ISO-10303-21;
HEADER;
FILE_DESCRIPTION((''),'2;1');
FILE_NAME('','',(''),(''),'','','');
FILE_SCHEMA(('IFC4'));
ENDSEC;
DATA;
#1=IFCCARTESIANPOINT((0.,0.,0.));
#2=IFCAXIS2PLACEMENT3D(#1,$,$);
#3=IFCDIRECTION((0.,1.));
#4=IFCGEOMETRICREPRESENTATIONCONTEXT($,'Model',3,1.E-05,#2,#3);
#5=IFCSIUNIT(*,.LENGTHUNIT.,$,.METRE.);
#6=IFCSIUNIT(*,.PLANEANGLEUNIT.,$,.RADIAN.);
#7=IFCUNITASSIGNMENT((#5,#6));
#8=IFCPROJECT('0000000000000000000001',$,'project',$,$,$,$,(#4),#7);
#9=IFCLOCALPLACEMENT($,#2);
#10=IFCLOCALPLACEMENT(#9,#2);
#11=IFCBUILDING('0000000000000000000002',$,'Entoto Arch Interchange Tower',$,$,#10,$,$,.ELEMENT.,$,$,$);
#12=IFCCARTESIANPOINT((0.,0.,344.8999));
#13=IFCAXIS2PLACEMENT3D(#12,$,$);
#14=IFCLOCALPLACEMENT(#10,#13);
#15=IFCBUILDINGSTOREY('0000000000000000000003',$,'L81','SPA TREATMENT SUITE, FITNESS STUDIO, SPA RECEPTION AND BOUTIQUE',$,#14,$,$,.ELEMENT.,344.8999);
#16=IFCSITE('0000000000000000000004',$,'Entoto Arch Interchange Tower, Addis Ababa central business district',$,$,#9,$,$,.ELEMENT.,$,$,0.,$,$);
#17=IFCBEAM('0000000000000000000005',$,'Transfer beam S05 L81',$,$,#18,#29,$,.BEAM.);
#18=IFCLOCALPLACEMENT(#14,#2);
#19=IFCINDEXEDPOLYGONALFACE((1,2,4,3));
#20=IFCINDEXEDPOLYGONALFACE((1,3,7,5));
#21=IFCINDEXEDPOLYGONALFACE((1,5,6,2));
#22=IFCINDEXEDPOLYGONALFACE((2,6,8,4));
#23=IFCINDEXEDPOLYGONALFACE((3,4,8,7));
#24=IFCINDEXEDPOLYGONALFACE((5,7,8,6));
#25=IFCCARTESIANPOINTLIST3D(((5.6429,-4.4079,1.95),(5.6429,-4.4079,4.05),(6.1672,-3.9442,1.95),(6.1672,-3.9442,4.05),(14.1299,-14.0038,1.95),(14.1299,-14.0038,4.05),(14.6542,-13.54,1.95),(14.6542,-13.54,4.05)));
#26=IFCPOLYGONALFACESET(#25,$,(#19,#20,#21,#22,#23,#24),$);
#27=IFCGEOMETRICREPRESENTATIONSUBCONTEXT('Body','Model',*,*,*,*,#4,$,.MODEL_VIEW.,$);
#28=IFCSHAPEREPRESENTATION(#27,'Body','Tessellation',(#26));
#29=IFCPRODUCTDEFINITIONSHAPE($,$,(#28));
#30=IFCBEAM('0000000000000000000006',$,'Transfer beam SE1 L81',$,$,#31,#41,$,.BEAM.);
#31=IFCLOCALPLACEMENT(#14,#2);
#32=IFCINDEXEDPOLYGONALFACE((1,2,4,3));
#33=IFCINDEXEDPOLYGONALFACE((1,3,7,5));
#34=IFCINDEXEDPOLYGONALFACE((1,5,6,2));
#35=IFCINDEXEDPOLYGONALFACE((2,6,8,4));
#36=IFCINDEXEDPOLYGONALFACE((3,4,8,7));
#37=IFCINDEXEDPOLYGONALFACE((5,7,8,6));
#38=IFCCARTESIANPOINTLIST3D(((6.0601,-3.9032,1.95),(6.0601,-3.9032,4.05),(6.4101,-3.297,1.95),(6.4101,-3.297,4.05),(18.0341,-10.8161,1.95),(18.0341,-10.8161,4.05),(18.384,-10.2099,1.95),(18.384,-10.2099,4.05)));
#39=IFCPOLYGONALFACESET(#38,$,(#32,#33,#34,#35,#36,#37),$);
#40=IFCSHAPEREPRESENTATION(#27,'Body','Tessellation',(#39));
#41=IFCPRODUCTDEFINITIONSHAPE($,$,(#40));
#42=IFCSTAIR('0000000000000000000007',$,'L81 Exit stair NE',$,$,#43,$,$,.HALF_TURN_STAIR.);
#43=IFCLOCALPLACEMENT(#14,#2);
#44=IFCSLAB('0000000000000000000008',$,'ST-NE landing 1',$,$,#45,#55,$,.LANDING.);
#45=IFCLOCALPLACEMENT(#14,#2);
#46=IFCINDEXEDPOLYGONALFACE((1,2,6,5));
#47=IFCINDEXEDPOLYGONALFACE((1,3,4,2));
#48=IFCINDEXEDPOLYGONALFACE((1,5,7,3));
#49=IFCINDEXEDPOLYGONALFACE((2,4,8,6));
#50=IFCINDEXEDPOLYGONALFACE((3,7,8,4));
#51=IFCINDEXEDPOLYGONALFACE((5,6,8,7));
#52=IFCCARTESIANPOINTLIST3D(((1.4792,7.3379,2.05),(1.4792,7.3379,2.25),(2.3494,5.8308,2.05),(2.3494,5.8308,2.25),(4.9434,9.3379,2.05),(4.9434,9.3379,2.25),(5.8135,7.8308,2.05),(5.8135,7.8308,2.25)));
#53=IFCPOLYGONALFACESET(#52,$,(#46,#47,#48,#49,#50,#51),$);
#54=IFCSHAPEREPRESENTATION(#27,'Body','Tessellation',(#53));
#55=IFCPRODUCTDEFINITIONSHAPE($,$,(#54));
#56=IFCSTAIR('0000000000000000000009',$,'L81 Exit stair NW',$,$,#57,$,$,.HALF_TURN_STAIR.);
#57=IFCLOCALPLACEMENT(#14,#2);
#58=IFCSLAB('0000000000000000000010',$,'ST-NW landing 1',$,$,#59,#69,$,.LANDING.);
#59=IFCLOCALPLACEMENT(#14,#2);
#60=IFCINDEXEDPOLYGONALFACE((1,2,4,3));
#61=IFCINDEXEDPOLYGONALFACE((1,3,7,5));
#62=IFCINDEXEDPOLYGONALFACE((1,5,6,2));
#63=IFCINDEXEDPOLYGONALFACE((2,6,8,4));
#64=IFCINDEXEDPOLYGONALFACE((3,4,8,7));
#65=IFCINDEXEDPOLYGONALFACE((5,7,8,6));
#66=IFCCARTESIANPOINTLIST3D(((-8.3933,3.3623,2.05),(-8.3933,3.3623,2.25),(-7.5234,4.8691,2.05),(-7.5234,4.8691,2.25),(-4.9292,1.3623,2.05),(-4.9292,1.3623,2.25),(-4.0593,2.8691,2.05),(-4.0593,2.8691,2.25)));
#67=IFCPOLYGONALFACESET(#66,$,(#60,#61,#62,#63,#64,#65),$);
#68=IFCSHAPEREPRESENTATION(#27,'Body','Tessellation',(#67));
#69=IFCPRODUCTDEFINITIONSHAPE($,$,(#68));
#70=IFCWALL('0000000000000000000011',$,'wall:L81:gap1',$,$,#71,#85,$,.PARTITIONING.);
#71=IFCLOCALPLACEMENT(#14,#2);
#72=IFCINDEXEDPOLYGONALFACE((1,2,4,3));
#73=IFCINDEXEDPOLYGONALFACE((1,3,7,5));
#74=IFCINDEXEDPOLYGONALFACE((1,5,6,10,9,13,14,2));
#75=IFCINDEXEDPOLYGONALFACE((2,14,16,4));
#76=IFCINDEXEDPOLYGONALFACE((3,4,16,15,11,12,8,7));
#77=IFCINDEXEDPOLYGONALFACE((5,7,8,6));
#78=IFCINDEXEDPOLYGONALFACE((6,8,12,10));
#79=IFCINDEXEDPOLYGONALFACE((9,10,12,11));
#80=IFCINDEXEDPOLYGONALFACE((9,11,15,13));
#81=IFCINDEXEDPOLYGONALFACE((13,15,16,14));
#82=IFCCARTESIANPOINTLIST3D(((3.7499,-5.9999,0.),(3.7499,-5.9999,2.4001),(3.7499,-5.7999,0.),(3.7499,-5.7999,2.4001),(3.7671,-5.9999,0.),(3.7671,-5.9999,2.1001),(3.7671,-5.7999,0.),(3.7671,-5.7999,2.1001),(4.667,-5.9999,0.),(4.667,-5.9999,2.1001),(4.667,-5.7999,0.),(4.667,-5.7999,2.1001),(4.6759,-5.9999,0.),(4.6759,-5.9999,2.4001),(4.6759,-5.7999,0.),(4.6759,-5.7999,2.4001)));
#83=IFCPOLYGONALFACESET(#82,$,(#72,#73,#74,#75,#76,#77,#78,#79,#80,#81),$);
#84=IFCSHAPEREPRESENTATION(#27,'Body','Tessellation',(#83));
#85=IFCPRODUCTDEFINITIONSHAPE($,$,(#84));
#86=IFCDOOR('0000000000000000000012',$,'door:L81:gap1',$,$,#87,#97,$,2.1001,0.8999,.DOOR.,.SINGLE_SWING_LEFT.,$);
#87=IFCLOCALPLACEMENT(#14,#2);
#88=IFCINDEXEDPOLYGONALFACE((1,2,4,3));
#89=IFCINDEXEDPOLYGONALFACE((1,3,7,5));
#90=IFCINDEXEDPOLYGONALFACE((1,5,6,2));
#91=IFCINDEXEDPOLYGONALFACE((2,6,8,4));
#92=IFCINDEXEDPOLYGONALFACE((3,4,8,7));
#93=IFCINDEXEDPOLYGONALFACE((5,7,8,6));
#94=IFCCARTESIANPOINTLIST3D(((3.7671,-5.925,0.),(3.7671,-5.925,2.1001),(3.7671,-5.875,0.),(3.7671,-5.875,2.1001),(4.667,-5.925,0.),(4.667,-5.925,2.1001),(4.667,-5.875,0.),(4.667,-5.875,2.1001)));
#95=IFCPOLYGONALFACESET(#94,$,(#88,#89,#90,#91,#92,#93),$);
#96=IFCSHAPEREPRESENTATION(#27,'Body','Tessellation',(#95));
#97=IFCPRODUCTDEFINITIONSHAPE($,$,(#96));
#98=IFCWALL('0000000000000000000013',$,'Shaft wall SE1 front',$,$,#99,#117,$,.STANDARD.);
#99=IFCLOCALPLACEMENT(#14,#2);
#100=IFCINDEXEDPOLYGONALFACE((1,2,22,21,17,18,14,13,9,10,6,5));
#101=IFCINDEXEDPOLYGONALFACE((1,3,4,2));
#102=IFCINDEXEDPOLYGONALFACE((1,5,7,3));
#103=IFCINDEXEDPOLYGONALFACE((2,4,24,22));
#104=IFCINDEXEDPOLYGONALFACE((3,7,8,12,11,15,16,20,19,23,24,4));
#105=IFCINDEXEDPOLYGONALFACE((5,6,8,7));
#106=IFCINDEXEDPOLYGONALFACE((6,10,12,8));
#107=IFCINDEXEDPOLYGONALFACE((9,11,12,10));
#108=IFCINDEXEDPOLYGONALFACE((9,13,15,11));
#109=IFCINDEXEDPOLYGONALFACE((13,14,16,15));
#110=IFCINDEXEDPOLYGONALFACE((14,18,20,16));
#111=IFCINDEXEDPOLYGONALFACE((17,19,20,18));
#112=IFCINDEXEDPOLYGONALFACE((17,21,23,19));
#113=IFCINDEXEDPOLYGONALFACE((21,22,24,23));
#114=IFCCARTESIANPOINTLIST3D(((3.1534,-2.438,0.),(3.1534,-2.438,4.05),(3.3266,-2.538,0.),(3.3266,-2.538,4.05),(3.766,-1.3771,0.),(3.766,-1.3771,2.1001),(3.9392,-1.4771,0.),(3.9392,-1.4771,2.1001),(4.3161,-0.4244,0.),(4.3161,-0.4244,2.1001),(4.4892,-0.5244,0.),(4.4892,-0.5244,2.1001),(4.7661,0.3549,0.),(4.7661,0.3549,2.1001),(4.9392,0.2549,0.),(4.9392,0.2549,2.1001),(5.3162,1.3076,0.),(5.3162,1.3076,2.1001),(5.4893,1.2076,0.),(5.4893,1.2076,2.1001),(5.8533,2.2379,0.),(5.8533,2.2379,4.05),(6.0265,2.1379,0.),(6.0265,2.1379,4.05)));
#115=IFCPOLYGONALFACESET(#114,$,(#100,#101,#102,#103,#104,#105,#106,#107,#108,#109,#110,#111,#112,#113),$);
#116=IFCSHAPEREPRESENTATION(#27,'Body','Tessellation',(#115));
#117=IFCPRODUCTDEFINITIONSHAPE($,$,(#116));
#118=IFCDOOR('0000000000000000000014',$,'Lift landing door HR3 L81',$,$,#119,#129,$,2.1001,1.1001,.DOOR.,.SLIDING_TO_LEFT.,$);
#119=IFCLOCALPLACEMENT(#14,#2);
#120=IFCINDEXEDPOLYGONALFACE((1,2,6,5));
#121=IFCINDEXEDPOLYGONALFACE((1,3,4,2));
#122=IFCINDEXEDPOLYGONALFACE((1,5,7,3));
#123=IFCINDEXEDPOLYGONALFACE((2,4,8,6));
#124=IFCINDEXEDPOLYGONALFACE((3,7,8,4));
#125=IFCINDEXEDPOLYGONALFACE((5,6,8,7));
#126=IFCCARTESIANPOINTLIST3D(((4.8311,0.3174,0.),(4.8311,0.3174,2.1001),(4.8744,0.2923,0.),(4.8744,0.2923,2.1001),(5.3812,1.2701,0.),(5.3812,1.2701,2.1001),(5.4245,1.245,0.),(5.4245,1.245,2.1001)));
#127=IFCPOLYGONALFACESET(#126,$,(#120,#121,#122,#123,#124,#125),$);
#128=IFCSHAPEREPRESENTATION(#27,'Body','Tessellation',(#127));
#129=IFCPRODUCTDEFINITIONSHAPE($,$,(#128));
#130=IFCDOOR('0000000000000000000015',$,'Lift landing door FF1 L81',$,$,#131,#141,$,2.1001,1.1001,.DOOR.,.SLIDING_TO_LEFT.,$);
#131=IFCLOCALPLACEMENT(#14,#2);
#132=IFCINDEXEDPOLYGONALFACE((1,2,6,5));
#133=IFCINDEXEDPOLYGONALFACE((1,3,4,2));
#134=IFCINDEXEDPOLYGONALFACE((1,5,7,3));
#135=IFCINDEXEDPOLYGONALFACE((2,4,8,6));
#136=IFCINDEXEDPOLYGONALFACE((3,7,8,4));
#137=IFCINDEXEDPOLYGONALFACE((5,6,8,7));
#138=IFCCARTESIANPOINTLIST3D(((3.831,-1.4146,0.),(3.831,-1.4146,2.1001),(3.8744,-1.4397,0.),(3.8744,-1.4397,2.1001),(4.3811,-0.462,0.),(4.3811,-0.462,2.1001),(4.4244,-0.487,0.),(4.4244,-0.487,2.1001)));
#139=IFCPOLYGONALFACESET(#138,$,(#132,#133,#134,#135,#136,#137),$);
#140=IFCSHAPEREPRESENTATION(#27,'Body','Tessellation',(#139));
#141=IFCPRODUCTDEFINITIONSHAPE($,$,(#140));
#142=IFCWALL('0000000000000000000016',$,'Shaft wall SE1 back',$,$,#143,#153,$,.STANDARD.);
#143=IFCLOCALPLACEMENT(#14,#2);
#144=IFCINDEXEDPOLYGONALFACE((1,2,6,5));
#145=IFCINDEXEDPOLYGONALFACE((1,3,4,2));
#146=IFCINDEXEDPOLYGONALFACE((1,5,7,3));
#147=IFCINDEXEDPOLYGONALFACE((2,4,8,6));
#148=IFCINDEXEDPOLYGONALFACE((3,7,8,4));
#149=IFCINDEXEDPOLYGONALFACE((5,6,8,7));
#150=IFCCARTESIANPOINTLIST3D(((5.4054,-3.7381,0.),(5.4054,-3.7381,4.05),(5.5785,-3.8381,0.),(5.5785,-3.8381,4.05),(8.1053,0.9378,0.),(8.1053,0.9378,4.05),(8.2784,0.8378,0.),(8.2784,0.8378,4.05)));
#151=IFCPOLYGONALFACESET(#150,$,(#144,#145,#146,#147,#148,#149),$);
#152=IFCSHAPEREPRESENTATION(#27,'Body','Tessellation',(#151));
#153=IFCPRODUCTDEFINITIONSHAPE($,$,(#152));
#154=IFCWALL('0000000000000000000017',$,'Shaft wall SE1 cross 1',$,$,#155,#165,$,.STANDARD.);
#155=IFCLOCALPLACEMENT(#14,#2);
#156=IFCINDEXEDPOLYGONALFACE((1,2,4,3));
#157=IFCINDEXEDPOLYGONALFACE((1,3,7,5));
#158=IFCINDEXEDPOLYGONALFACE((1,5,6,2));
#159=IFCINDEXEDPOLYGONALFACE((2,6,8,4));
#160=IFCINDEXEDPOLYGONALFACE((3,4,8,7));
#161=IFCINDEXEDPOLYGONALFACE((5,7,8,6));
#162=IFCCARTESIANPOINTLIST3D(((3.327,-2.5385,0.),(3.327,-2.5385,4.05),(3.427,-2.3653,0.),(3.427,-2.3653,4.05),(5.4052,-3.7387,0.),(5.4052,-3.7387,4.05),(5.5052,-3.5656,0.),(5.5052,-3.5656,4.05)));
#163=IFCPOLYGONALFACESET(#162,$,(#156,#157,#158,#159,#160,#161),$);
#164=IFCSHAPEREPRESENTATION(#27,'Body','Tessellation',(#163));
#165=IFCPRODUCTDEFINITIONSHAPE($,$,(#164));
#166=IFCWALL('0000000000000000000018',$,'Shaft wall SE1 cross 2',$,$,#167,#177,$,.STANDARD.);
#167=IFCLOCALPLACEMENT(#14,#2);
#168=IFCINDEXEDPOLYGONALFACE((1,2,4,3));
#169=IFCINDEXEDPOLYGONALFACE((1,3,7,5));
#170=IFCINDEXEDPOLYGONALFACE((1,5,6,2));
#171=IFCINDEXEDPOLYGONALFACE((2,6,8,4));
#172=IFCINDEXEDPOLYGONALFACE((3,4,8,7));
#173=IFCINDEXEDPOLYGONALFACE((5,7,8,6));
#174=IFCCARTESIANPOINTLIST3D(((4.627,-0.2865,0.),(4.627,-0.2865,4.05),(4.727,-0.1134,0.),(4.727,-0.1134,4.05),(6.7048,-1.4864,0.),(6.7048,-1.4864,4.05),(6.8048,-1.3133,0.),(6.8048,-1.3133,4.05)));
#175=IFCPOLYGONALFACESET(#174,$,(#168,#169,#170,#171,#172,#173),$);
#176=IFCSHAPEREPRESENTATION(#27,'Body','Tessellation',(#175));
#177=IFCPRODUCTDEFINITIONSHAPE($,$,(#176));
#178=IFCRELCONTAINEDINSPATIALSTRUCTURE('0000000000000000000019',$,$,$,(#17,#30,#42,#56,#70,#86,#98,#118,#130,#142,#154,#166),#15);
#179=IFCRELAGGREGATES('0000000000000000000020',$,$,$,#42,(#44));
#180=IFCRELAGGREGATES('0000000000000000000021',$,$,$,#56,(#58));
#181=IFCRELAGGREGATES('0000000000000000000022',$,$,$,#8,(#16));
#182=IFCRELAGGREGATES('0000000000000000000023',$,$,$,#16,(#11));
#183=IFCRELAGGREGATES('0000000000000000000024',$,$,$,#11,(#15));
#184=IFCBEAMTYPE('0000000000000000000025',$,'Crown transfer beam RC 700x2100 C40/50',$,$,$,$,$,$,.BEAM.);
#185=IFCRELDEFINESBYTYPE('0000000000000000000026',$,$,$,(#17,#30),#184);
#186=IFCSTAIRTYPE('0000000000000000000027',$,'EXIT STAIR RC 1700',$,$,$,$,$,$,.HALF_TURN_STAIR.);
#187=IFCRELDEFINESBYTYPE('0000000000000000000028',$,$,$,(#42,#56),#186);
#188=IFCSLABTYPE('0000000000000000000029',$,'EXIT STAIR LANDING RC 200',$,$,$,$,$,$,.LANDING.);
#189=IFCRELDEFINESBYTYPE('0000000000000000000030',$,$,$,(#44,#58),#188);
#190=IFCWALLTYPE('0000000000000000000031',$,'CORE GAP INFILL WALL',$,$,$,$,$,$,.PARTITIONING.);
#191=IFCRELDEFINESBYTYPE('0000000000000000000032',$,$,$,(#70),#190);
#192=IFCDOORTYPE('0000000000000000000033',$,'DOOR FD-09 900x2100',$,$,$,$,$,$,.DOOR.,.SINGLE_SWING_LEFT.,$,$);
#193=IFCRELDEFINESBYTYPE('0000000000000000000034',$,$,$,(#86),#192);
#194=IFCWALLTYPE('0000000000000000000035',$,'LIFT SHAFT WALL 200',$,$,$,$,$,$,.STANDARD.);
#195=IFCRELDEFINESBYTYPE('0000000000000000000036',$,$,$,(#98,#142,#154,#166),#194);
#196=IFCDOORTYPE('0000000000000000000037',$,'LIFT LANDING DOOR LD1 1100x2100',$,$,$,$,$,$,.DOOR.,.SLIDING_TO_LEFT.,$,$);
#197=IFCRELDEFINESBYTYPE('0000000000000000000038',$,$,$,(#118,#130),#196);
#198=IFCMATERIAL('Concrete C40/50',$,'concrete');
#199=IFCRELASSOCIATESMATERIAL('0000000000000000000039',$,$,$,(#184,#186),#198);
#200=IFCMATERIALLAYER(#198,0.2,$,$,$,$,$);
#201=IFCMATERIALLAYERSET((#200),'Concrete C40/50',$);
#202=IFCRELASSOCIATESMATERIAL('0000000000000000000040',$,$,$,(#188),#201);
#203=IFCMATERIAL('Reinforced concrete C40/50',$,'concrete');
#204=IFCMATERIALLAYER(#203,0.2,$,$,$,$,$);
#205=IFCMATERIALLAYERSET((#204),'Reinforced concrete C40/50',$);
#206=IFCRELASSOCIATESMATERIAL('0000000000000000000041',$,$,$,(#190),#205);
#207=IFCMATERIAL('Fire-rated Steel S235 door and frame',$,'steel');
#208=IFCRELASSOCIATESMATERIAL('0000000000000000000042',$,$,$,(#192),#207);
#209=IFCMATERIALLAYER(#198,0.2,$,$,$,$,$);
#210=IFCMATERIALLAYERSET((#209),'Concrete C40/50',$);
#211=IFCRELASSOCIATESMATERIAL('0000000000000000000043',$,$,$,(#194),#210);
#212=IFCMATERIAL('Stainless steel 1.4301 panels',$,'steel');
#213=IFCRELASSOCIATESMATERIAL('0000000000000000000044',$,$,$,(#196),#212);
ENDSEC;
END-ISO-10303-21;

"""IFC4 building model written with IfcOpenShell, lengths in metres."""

from ifc_helpers import new_model, si_unit, direction, frame, frame_2d, origin, origin_2d, place, context, subcontext, project, spatial, polyline, rectangle, outline, extrude, material, layer, layer_set, material_profile, profile_set, type_object, element, fill, aggregate, save


model = new_model("IFC4")

# Units and contexts
model_context = context("Model", 3, precision=1e-05, world=origin(), true_north=direction((0.0, 1.0)))
body_context = subcontext(model_context, "Body", "Model", "MODEL_VIEW")
ifc_project = project(units=[si_unit("LENGTHUNIT", "METRE"), si_unit("PLANEANGLEUNIT", "RADIAN")], contexts=[model_context])

# Site, building, storey
site_placement = place(None, origin())
site = spatial("IfcSite", under=ifc_project, at=site_placement, Name="Entoto Arch Interchange Tower, Addis Ababa central business district", CompositionType="ELEMENT", RefElevation=0.0)
building_placement = place(site_placement, origin())
building = spatial("IfcBuilding", under=site, at=building_placement, Name="Entoto Arch Interchange Tower", CompositionType="ELEMENT")
storey_placement = place(building_placement, frame((0.0, 0.0, 344.8999)))
storey = spatial("IfcBuildingStorey", under=building, at=storey_placement, Name="L81", Description="SPA TREATMENT SUITE, FITNESS STUDIO, SPA RECEPTION AND BOUTIQUE", CompositionType="ELEMENT", Elevation=344.8999)

# Beams
ifc_material_1 = material(Name="Concrete C40/50", Category="concrete")
ifc_material_profile = material_profile(ifc_material_1, rectangle(XDim=0.7, YDim=2.1001, at=origin_2d()))
ifc_profile_set = profile_set([ifc_material_profile], Name="Concrete C40/50")
beam_type = type_object("IfcBeamType", Name="Crown transfer beam RC 700x2100 C40/50", PredefinedType="BEAM", material=ifc_profile_set)
beam_1_placement = place(storey_placement, frame((5.905, -4.176, 3.0), z_axis=(0.662501, -0.749061, 0.0), x_axis=(0.749061, 0.662501, 0.0)))
element("IfcBeam", 1, at=beam_1_placement, inside=storey, type_object=beam_type, Name="Transfer beam S05 L81", PredefinedType="BEAM", context=body_context, shape_type="SweptSolid", body=[
    extrude(rectangle(XDim=0.7, YDim=2.1001, at=origin_2d()), origin(), (0.0, 0.0, 1.0), 12.8105),
])
beam_2_placement = place(storey_placement, frame((6.2351, -3.6001, 3.0), z_axis=(0.866034, -0.499985, 0.0), x_axis=(0.499985, 0.866034, 0.0)))
element("IfcBeam", 2, at=beam_2_placement, inside=storey, type_object=beam_type, Name="Transfer beam SE1 L81", PredefinedType="BEAM", context=body_context, shape_type="SweptSolid", body=[
    extrude(rectangle(XDim=0.7, YDim=2.1001, at=origin_2d()), origin(), (0.0, 0.0, 1.0), 13.8262),
])

# Stairs, slabs
stair_type = type_object("IfcStairType", Name="EXIT STAIR RC 1700", PredefinedType="HALF_TURN_STAIR", material=ifc_material_1)
stair_1_placement = place(storey_placement, origin())
stair_1 = element("IfcStair", 3, at=stair_1_placement, inside=storey, type_object=stair_type, Name="L81 Exit stair NE", PredefinedType="HALF_TURN_STAIR")
ifc_layer_1 = layer(ifc_material_1, 0.2)
ifc_layer_set_1 = layer_set([ifc_layer_1], Name="Concrete C40/50")
slab_type = type_object("IfcSlabType", Name="EXIT STAIR LANDING RC 200", PredefinedType="LANDING", material=ifc_layer_set_1)
slab_1_placement = place(storey_placement, frame((0.0, 0.0, 2.05)))
slab_1 = element("IfcSlab", 4, at=slab_1_placement, type_object=slab_type, Name="ST-NE landing 1", PredefinedType="LANDING", context=body_context, shape_type="SweptSolid", body=[
    extrude(outline(polyline([(5.8135, 7.8308), (4.9434, 9.3379), (1.4792, 7.3379), (2.3494, 5.8308), (5.8135, 7.8308)])), origin(), (0.0, 0.0, 1.0), 0.2),
])
aggregate(stair_1, [slab_1])
stair_2_placement = place(storey_placement, origin())
stair_2 = element("IfcStair", 5, at=stair_2_placement, inside=storey, type_object=stair_type, Name="L81 Exit stair NW", PredefinedType="HALF_TURN_STAIR")
slab_2_placement = place(storey_placement, frame((0.0, 0.0, 2.05)))
slab_2 = element("IfcSlab", 6, at=slab_2_placement, type_object=slab_type, Name="ST-NW landing 1", PredefinedType="LANDING", context=body_context, shape_type="SweptSolid", body=[
    extrude(outline(polyline([(-7.5234, 4.8691), (-8.3933, 3.3623), (-4.9292, 1.3623), (-4.0593, 2.8691), (-7.5234, 4.8691)])), origin(), (0.0, 0.0, 1.0), 0.2),
])
aggregate(stair_2, [slab_2])

# Wall, opening, door
ifc_material_2 = material(Name="Reinforced concrete C40/50", Category="concrete")
ifc_layer_2 = layer(ifc_material_2, 0.2)
ifc_layer_set_2 = layer_set([ifc_layer_2], Name="Reinforced concrete C40/50")
wall_type_1 = type_object("IfcWallType", Name="CORE GAP INFILL WALL", PredefinedType="PARTITIONING", material=ifc_layer_set_2)
wall_1_placement = place(storey_placement, frame((3.75, -5.8999, 0.0), z_axis=(0.0, 0.0, 1.0), x_axis=(1.0, 0.0, 0.0)))
wall_1 = element("IfcWall", 7, at=wall_1_placement, inside=storey, type_object=wall_type_1, Name="wall:L81:gap1", PredefinedType="PARTITIONING", context=body_context, shape_type="SweptSolid", body=[
    extrude(rectangle(XDim=0.926, YDim=0.2, at=frame_2d((0.4629, 0.0))), origin(), (0.0, 0.0, 1.0), 2.4001),
])
opening_1_placement = place(wall_1_placement, frame((0.0171, 0.0, 0.0)))
opening_1 = element("IfcOpeningElement", 8, at=opening_1_placement, cuts=wall_1, PredefinedType="OPENING", context=body_context, shape_type="SweptSolid", body=[
    extrude(rectangle(XDim=0.8999, YDim=2.1001, at=frame_2d((0.45, 1.05))), frame((0.0, 0.1099, 0.0), z_axis=(0.0, -1.0, 0.0), x_axis=(1.0, 0.0, 0.0)), (0.0, 0.0, 1.0), 0.22),
])
ifc_material_3 = material(Name="Fire-rated Steel S235 door and frame", Category="steel")
door_type_1 = type_object("IfcDoorType", Name="DOOR FD-09 900x2100", OperationType="SINGLE_SWING_LEFT", PredefinedType="DOOR", material=ifc_material_3)
door_1_placement = place(opening_1_placement, origin())
door_1 = element("IfcDoor", 9, at=door_1_placement, inside=storey, type_object=door_type_1, Name="door:L81:gap1", OperationType="SINGLE_SWING_LEFT", OverallHeight=2.1001, OverallWidth=0.8999, PredefinedType="DOOR", context=body_context, shape_type="SweptSolid", body=[
    extrude(rectangle(XDim=0.8999, YDim=2.1001, at=frame_2d((0.45, 1.05))), frame((0.0, 0.0249, 0.0), z_axis=(0.0, -1.0, 0.0), x_axis=(1.0, 0.0, 0.0)), (0.0, 0.0, 1.0), 0.05),
])
fill(opening_1, door_1)

# Wall, openings, doors
ifc_layer_3 = layer(ifc_material_1, 0.2)
ifc_layer_set_3 = layer_set([ifc_layer_3], Name="Concrete C40/50")
wall_type_2 = type_object("IfcWallType", Name="LIFT SHAFT WALL 200", PredefinedType="STANDARD", material=ifc_layer_set_3)
wall_2_placement = place(storey_placement, frame((3.24, -2.488, 0.0), z_axis=(0.0, 0.0, 1.0), x_axis=(0.500034, 0.866006, 0.0)))
wall_2 = element("IfcWall", 10, at=wall_2_placement, inside=storey, type_object=wall_type_2, Name="Shaft wall SE1 front", PredefinedType="STANDARD", context=body_context, shape_type="SweptSolid", body=[
    extrude(rectangle(XDim=5.3994, YDim=0.2, at=frame_2d((2.6997, 0.0))), origin(), (0.0, 0.0, 1.0), 4.05),
])
opening_2_placement = place(wall_2_placement, frame((3.2251, 0.0, 0.0)))
opening_2 = element("IfcOpeningElement", 11, at=opening_2_placement, cuts=wall_2, PredefinedType="OPENING", context=body_context, shape_type="SweptSolid", body=[
    extrude(rectangle(XDim=1.1001, YDim=2.1001, at=frame_2d((0.55, 1.05))), frame((0.0, 0.1099, 0.0), z_axis=(0.0, -1.0, 0.0), x_axis=(1.0, 0.0, 0.0)), (0.0, 0.0, 1.0), 0.22),
])
opening_3_placement = place(wall_2_placement, frame((1.2251, 0.0, 0.0)))
opening_3 = element("IfcOpeningElement", 12, at=opening_3_placement, cuts=wall_2, PredefinedType="OPENING", context=body_context, shape_type="SweptSolid", body=[
    extrude(rectangle(XDim=1.1001, YDim=2.1001, at=frame_2d((0.55, 1.05))), frame((0.0, 0.1099, 0.0), z_axis=(0.0, -1.0, 0.0), x_axis=(1.0, 0.0, 0.0)), (0.0, 0.0, 1.0), 0.22),
])
ifc_material_4 = material(Name="Stainless steel 1.4301 panels", Category="steel")
door_type_2 = type_object("IfcDoorType", Name="LIFT LANDING DOOR LD1 1100x2100", OperationType="SLIDING_TO_LEFT", PredefinedType="DOOR", material=ifc_material_4)
door_2_placement = place(opening_2_placement, origin())
door_2 = element("IfcDoor", 13, at=door_2_placement, inside=storey, type_object=door_type_2, Name="Lift landing door HR3 L81", OperationType="SLIDING_TO_LEFT", OverallHeight=2.1001, OverallWidth=1.1001, PredefinedType="DOOR", context=body_context, shape_type="SweptSolid", body=[
    extrude(rectangle(XDim=1.1001, YDim=2.1001, at=frame_2d((0.55, 1.05))), frame((0.0, 0.0249, 0.0), z_axis=(0.0, -1.0, 0.0), x_axis=(1.0, 0.0, 0.0)), (0.0, 0.0, 1.0), 0.05),
])
fill(opening_2, door_2)
door_3_placement = place(opening_3_placement, origin())
door_3 = element("IfcDoor", 14, at=door_3_placement, inside=storey, type_object=door_type_2, Name="Lift landing door FF1 L81", OperationType="SLIDING_TO_LEFT", OverallHeight=2.1001, OverallWidth=1.1001, PredefinedType="DOOR", context=body_context, shape_type="SweptSolid", body=[
    extrude(rectangle(XDim=1.1001, YDim=2.1001, at=frame_2d((0.55, 1.05))), frame((0.0, 0.0249, 0.0), z_axis=(0.0, -1.0, 0.0), x_axis=(1.0, 0.0, 0.0)), (0.0, 0.0, 1.0), 0.05),
])
fill(opening_3, door_3)

# Walls
wall_3_placement = place(storey_placement, frame((5.4919, -3.7881, 0.0), z_axis=(0.0, 0.0, 1.0), x_axis=(0.500034, 0.866006, 0.0)))
element("IfcWall", 15, at=wall_3_placement, inside=storey, type_object=wall_type_2, Name="Shaft wall SE1 back", PredefinedType="STANDARD", context=body_context, shape_type="SweptSolid", body=[
    extrude(rectangle(XDim=5.3994, YDim=0.2, at=frame_2d((2.6997, 0.0))), origin(), (0.0, 0.0, 1.0), 4.05),
])
wall_4_placement = place(storey_placement, frame((3.377, -2.4519, 0.0), z_axis=(0.0, 0.0, 1.0), x_axis=(0.865955, -0.500122, 0.0)))
element("IfcWall", 16, at=wall_4_placement, inside=storey, type_object=wall_type_2, Name="Shaft wall SE1 cross 1", PredefinedType="STANDARD", context=body_context, shape_type="SweptSolid", body=[
    extrude(rectangle(XDim=2.3999, YDim=0.2, at=frame_2d((1.2, 0.0))), origin(), (0.0, 0.0, 1.0), 4.05),
])
wall_5_placement = place(storey_placement, frame((4.677, -0.2, 0.0), z_axis=(0.0, 0.0, 1.0), x_axis=(0.865974, -0.500089, 0.0)))
element("IfcWall", 17, at=wall_5_placement, inside=storey, type_object=wall_type_2, Name="Shaft wall SE1 cross 2", PredefinedType="STANDARD", context=body_context, shape_type="SweptSolid", body=[
    extrude(rectangle(XDim=2.3994, YDim=0.2, at=frame_2d((1.1997, 0.0))), origin(), (0.0, 0.0, 1.0), 4.05),
])

save(model, "model.ifc")
